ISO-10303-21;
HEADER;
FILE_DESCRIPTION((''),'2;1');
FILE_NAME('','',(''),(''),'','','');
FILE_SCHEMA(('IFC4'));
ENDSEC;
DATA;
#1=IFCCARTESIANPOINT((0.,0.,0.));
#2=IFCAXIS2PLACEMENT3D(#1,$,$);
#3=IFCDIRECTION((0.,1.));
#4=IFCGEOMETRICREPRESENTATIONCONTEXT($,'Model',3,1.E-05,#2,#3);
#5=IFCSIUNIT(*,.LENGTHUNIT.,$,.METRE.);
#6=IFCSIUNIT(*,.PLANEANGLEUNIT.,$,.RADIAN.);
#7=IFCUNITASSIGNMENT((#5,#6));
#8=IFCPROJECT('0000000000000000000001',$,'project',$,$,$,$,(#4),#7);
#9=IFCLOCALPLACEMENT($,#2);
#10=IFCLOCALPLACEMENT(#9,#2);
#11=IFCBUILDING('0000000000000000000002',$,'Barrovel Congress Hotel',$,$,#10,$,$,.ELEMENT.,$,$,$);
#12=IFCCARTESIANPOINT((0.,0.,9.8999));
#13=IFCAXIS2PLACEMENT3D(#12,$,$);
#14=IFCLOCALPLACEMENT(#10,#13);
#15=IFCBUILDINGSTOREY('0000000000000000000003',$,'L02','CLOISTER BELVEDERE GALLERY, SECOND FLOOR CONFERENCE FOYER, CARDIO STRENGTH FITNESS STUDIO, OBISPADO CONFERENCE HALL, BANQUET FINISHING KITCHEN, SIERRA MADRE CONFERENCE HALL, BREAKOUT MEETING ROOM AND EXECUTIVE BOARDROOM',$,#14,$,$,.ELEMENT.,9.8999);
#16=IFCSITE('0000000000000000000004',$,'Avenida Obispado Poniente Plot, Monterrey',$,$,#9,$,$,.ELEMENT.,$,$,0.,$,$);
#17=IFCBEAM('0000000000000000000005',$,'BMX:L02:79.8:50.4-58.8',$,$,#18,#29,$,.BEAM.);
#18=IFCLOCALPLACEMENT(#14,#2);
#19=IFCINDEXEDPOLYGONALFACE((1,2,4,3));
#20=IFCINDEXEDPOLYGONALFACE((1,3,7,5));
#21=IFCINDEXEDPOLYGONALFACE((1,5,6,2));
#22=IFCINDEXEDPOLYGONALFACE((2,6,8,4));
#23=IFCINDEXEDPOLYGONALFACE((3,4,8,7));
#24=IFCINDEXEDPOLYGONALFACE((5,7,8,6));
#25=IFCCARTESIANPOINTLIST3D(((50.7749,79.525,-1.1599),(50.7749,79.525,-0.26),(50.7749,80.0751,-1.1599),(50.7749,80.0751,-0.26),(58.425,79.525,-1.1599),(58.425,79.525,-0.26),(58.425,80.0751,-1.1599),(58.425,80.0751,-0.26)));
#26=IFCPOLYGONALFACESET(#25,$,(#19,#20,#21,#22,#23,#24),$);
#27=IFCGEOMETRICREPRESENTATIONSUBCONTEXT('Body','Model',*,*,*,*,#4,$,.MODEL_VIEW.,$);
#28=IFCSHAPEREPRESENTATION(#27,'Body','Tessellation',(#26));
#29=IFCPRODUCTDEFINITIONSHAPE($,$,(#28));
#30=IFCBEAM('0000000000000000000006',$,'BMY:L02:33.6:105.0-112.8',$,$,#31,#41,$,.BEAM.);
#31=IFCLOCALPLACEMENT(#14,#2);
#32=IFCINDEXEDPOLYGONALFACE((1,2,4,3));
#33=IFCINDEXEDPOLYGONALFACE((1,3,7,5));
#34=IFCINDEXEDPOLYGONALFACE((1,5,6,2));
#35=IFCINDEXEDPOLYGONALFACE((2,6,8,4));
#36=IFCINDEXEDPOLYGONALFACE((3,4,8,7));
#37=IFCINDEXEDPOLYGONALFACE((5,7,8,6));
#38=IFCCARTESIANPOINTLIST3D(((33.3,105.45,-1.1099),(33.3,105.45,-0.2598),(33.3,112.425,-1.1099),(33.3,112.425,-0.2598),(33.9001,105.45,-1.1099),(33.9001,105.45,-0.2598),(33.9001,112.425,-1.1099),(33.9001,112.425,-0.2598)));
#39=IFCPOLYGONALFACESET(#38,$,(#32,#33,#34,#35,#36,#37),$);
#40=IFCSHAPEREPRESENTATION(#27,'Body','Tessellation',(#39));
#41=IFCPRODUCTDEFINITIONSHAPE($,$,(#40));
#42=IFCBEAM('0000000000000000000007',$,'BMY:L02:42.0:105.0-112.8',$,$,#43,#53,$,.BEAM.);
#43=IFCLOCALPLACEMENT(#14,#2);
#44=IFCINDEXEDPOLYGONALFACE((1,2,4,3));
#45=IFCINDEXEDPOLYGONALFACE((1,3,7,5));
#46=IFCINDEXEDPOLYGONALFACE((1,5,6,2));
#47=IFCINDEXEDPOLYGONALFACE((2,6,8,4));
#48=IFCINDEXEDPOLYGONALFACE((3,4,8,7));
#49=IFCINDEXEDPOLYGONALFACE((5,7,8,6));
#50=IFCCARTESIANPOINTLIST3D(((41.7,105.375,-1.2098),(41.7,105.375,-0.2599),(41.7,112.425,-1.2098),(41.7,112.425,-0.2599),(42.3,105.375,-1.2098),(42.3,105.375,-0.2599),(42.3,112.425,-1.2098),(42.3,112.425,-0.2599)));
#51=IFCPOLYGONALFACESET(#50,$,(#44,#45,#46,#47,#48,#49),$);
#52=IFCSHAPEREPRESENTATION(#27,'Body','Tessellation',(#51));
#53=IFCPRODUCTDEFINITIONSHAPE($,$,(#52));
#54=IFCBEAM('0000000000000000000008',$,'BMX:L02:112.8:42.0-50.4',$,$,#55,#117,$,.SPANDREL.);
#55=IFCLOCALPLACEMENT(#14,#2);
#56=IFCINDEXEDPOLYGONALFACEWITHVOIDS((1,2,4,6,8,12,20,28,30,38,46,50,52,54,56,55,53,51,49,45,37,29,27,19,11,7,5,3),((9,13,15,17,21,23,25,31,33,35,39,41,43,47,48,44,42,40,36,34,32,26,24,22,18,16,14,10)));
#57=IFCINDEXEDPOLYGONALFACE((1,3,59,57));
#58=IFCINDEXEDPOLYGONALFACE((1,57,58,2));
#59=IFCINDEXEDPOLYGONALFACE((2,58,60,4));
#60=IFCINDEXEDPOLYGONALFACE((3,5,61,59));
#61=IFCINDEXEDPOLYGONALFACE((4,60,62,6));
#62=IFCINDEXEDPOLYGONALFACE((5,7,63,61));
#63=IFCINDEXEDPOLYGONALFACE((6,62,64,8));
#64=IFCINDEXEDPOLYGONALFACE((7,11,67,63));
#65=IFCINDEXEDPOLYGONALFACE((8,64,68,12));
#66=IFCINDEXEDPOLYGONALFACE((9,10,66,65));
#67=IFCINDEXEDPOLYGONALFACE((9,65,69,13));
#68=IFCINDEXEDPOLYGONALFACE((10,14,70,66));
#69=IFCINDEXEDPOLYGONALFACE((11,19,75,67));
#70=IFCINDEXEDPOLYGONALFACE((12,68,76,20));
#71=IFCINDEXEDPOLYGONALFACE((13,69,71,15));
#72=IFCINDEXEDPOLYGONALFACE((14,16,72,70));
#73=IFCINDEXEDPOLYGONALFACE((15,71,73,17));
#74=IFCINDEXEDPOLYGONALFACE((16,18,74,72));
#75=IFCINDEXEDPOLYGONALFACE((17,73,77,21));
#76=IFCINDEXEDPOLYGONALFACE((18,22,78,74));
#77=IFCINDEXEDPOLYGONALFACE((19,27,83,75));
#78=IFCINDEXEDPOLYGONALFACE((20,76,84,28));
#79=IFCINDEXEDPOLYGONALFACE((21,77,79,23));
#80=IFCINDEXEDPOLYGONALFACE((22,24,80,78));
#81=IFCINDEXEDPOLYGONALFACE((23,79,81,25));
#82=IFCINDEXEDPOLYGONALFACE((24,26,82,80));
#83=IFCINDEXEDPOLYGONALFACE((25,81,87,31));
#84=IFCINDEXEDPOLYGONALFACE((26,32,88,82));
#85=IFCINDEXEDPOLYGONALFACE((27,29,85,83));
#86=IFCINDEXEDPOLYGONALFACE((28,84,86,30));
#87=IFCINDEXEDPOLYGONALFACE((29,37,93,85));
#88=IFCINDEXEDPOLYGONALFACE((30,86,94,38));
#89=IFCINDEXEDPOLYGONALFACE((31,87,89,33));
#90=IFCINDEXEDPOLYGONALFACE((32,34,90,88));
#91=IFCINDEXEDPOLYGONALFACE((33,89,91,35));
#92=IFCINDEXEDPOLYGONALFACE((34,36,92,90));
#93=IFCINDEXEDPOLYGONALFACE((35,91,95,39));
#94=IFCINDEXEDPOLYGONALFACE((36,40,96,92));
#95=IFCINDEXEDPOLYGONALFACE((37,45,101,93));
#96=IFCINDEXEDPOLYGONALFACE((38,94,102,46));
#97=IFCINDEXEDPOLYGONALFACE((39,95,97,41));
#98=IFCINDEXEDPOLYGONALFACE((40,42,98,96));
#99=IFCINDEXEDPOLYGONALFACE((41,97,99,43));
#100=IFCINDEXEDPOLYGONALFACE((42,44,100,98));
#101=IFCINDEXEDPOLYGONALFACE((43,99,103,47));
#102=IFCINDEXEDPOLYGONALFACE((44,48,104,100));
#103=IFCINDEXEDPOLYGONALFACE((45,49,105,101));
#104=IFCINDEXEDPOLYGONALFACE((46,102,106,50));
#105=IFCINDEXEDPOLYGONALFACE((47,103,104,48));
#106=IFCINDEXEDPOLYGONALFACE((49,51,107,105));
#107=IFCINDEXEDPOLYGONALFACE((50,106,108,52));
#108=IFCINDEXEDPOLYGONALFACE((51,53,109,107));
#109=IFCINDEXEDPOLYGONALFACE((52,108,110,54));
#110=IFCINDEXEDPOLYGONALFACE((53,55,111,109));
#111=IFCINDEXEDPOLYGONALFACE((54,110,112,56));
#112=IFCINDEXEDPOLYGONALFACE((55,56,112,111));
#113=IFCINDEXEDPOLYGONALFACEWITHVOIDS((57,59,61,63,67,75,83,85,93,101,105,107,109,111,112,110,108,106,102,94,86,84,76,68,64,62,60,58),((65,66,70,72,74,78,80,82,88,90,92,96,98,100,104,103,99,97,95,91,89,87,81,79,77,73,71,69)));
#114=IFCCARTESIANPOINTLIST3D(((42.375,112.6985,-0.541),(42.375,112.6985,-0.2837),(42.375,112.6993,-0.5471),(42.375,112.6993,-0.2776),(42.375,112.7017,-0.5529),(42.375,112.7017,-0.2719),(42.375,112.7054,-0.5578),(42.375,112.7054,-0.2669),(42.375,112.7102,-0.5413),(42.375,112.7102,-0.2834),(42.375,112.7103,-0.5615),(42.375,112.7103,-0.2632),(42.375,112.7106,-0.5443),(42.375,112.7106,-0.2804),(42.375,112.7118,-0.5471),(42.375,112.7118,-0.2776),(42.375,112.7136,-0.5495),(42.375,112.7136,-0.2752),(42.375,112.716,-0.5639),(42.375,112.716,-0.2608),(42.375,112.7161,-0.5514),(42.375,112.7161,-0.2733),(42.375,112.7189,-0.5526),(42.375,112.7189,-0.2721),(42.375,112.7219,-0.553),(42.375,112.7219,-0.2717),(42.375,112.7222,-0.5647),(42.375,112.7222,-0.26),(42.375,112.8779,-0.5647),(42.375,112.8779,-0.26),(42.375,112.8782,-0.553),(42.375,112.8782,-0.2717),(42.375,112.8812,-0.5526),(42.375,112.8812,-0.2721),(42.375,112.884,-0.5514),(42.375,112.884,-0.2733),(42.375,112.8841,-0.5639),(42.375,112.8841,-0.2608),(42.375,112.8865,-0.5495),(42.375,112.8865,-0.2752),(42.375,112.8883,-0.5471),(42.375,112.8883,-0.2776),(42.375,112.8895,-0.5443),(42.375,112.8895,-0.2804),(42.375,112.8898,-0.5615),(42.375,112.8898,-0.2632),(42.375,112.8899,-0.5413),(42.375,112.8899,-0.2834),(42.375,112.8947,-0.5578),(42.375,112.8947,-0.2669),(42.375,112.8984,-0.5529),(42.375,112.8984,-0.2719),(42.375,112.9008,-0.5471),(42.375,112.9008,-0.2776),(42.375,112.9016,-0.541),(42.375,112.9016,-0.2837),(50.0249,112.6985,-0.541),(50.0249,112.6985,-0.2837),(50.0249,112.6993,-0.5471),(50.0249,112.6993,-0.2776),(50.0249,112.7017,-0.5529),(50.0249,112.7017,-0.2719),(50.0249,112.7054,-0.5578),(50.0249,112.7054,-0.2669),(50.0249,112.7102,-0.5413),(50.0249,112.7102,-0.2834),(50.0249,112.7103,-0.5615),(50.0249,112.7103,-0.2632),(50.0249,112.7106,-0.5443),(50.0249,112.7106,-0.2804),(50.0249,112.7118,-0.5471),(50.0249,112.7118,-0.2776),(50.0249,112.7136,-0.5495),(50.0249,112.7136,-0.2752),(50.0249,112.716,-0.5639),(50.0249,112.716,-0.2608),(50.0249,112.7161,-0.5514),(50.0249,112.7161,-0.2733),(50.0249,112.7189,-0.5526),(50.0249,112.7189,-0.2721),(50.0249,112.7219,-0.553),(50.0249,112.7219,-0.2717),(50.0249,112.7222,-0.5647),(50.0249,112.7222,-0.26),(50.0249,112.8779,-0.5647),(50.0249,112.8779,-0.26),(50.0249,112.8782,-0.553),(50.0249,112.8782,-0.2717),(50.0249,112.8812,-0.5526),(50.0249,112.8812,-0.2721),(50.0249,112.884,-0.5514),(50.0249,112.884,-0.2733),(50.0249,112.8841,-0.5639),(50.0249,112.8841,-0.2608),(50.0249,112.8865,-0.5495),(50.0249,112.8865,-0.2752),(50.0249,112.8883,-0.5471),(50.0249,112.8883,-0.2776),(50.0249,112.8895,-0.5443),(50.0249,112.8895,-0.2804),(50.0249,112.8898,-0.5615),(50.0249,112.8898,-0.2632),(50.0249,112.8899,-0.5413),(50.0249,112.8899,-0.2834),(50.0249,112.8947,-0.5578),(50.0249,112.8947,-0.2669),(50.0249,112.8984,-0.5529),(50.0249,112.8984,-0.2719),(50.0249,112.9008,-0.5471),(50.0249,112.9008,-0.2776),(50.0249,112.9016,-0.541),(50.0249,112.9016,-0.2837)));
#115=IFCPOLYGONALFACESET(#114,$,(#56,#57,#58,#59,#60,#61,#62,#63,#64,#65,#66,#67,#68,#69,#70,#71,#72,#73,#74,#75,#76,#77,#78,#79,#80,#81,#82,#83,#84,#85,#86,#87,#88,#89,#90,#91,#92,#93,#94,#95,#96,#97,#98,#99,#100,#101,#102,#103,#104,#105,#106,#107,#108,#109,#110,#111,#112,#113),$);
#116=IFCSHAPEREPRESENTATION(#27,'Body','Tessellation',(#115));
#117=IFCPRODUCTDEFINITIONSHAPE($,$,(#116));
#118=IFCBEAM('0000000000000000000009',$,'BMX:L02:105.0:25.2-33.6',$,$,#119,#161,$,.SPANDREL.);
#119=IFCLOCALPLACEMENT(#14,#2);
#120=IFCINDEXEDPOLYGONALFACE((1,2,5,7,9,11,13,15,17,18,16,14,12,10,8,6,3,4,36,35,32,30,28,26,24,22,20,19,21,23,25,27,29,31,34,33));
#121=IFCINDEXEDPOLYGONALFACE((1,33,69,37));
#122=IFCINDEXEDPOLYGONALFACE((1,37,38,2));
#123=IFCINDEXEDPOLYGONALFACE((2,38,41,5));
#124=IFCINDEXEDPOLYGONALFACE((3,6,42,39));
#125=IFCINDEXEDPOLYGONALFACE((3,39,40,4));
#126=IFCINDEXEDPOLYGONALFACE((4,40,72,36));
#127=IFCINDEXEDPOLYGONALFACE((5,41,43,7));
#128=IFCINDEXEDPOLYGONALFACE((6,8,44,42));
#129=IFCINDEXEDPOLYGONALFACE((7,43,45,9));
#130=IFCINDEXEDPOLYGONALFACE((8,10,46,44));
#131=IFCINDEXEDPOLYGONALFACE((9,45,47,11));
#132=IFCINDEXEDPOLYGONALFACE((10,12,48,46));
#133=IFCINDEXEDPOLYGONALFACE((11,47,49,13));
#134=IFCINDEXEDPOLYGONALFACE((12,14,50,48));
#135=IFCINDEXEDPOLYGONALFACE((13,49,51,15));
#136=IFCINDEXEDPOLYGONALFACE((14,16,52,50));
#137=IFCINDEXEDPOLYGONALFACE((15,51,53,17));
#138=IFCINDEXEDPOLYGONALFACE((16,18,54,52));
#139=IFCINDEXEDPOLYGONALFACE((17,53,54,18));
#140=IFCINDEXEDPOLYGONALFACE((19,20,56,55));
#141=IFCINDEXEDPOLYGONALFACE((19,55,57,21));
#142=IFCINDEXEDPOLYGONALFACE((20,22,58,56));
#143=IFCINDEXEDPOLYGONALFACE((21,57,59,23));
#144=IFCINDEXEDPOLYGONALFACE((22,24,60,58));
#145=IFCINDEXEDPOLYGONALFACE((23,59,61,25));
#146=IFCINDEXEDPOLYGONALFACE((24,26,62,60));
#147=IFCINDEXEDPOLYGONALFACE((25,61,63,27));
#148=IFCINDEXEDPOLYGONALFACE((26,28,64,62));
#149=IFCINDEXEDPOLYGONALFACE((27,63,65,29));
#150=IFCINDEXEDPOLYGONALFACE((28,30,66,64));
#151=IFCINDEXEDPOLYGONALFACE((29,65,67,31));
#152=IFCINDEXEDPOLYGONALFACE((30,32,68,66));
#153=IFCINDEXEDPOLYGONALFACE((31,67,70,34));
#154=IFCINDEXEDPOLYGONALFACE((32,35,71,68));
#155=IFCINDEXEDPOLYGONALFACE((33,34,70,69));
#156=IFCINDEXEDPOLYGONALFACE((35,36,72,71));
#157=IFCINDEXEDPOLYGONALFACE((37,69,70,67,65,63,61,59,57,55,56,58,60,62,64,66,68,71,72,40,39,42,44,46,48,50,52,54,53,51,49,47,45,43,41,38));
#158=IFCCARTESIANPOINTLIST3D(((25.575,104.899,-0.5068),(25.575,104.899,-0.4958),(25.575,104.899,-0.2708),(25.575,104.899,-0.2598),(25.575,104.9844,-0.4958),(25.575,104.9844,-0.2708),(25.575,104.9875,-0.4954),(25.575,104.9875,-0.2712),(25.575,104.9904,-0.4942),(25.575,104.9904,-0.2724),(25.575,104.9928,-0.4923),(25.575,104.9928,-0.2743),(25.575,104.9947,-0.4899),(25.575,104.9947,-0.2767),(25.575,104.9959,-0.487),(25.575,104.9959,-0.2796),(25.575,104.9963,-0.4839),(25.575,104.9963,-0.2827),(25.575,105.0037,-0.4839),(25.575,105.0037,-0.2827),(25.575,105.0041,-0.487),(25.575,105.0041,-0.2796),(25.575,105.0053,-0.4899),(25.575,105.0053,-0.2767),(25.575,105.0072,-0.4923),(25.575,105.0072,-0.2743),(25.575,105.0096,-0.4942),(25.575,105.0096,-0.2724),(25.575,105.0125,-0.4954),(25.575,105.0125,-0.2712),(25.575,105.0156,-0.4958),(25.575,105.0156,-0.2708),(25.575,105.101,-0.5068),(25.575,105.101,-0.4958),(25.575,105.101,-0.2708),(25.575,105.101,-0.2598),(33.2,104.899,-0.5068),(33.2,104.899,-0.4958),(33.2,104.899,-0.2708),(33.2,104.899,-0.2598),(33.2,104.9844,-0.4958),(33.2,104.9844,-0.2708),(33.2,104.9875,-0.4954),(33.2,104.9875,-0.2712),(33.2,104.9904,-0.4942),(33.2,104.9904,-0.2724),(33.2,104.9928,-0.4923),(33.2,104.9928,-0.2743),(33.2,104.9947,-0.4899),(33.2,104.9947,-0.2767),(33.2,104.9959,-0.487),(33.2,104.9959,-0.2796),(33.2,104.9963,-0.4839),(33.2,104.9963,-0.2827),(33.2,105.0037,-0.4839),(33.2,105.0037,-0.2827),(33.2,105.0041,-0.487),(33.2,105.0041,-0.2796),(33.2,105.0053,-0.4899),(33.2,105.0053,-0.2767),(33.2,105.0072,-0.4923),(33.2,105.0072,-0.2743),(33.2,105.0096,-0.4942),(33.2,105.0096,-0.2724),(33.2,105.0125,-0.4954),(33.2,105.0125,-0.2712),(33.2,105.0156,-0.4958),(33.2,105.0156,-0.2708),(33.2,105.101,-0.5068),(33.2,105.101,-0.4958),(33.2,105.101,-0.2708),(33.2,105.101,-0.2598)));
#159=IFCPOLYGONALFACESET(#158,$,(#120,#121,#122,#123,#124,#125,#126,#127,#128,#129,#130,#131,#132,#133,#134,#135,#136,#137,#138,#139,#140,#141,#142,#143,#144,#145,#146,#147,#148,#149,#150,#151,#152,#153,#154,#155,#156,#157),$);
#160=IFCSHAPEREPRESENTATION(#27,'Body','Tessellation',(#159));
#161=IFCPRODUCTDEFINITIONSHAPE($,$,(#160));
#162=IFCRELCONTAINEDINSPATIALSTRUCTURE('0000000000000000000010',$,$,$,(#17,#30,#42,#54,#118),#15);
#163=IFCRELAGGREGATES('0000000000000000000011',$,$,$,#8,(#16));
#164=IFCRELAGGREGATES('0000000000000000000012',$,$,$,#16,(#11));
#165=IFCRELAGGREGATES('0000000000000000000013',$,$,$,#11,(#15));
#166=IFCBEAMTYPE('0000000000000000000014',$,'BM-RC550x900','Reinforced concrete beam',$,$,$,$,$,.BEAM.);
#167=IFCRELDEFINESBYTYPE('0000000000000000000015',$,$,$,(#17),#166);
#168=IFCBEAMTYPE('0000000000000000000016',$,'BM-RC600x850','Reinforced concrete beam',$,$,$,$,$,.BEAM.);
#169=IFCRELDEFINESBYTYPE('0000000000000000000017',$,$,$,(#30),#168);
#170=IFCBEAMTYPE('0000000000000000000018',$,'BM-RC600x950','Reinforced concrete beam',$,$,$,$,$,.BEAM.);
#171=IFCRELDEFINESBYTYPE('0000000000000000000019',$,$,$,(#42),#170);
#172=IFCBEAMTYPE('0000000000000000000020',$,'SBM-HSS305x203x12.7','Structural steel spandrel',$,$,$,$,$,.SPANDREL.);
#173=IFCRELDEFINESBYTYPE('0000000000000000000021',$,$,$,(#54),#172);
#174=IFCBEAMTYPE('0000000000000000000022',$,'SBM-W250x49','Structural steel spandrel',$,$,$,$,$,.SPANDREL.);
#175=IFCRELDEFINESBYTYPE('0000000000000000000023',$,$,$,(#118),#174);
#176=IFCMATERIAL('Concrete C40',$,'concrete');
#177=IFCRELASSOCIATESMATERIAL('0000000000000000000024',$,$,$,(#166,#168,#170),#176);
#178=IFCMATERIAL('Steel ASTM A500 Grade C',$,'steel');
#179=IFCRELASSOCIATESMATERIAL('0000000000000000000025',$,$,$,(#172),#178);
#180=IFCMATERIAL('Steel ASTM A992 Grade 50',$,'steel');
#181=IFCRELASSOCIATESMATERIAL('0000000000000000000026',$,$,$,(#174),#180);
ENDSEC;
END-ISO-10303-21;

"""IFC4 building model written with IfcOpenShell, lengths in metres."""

from ifc_helpers import new_model, si_unit, direction, frame, origin, origin_2d, place, context, subcontext, project, spatial, rectangle, hollow_rectangle, i_section, extrude, material, material_profile, profile_set, type_object, element, save


model = new_model("IFC4")

# Units and contexts
model_context = context("Model", 3, precision=1e-05, world=origin(), true_north=direction((0.0, 1.0)))
body_context = subcontext(model_context, "Body", "Model", "MODEL_VIEW")
ifc_project = project(units=[si_unit("LENGTHUNIT", "METRE"), si_unit("PLANEANGLEUNIT", "RADIAN")], contexts=[model_context])

# Site, building, storey
site_placement = place(None, origin())
site = spatial("IfcSite", under=ifc_project, at=site_placement, Name="Avenida Obispado Poniente Plot, Monterrey", CompositionType="ELEMENT", RefElevation=0.0)
building_placement = place(site_placement, origin())
building = spatial("IfcBuilding", under=site, at=building_placement, Name="Barrovel Congress Hotel", CompositionType="ELEMENT")
storey_placement = place(building_placement, frame((0.0, 0.0, 9.8999)))
storey = spatial("IfcBuildingStorey", under=building, at=storey_placement, Name="L02", Description="CLOISTER BELVEDERE GALLERY, SECOND FLOOR CONFERENCE FOYER, CARDIO STRENGTH FITNESS STUDIO, OBISPADO CONFERENCE HALL, BANQUET FINISHING KITCHEN, SIERRA MADRE CONFERENCE HALL, BREAKOUT MEETING ROOM AND EXECUTIVE BOARDROOM", CompositionType="ELEMENT", Elevation=9.8999)

# Shared definitions
ifc_material_1 = material(Name="Concrete C40", Category="concrete")

# Beams
ifc_material_profile_1 = material_profile(ifc_material_1, rectangle(XDim=0.55, YDim=0.8999, at=origin_2d()), Name="RC550x900")
ifc_profile_set_1 = profile_set([ifc_material_profile_1], Name="Concrete C40")
beam_type_1 = type_object("IfcBeamType", Name="BM-RC550x900", Description="Reinforced concrete beam", PredefinedType="BEAM", material=ifc_profile_set_1)
beam_1_placement = place(storey_placement, frame((50.7749, 79.8, -0.71), z_axis=(1.0, 0.0, 0.0), x_axis=(0.0, 1.0, 0.0)))
element("IfcBeam", 1, at=beam_1_placement, inside=storey, type_object=beam_type_1, Name="BMX:L02:79.8:50.4-58.8", PredefinedType="BEAM", context=body_context, shape_type="SweptSolid", body=[
    extrude(rectangle(XDim=0.55, YDim=0.8999, at=origin_2d()), origin(), (0.0, 0.0, 1.0), 7.6501),
])
ifc_material_profile_2 = material_profile(ifc_material_1, rectangle(XDim=0.6001, YDim=0.8501, at=origin_2d()), Name="RC600x850")
ifc_profile_set_2 = profile_set([ifc_material_profile_2], Name="Concrete C40")
beam_type_2 = type_object("IfcBeamType", Name="BM-RC600x850", Description="Reinforced concrete beam", PredefinedType="BEAM", material=ifc_profile_set_2)
beam_2_placement = place(storey_placement, frame((33.6001, 105.45, -0.6848), z_axis=(0.0, 1.0, 0.0), x_axis=(-1.0, 0.0, 0.0)))
element("IfcBeam", 2, at=beam_2_placement, inside=storey, type_object=beam_type_2, Name="BMY:L02:33.6:105.0-112.8", PredefinedType="BEAM", context=body_context, shape_type="SweptSolid", body=[
    extrude(rectangle(XDim=0.6001, YDim=0.8501, at=origin_2d()), origin(), (0.0, 0.0, 1.0), 6.9751),
])
ifc_material_profile_3 = material_profile(ifc_material_1, rectangle(XDim=0.6001, YDim=0.95, at=origin_2d()), Name="RC600x950")
ifc_profile_set_3 = profile_set([ifc_material_profile_3], Name="Concrete C40")
beam_type_3 = type_object("IfcBeamType", Name="BM-RC600x950", Description="Reinforced concrete beam", PredefinedType="BEAM", material=ifc_profile_set_3)
beam_3_placement = place(storey_placement, frame((42.0, 105.375, -0.7349), z_axis=(0.0, 1.0, 0.0), x_axis=(-1.0, 0.0, 0.0)))
element("IfcBeam", 3, at=beam_3_placement, inside=storey, type_object=beam_type_3, Name="BMY:L02:42.0:105.0-112.8", PredefinedType="BEAM", context=body_context, shape_type="SweptSolid", body=[
    extrude(rectangle(XDim=0.6001, YDim=0.95, at=origin_2d()), origin(), (0.0, 0.0, 1.0), 7.05),
])
ifc_material_2 = material(Name="Steel ASTM A500 Grade C", Category="steel")
ifc_material_profile_4 = material_profile(ifc_material_2, hollow_rectangle(XDim=0.2031, YDim=0.3047, WallThickness=0.0117, InnerFilletRadius=0.0117, OuterFilletRadius=0.0237, at=origin_2d()), Name="HSS305x203x12.7")
ifc_profile_set_4 = profile_set([ifc_material_profile_4], Name="Steel ASTM A500 Grade C")
beam_type_4 = type_object("IfcBeamType", Name="SBM-HSS305x203x12.7", Description="Structural steel spandrel", PredefinedType="SPANDREL", material=ifc_profile_set_4)
beam_4_placement = place(storey_placement, frame((42.375, 112.8, -0.4124), z_axis=(1.0, 0.0, 0.0), x_axis=(0.0, 1.0, 0.0)))
element("IfcBeam", 4, at=beam_4_placement, inside=storey, type_object=beam_type_4, Name="BMX:L02:112.8:42.0-50.4", PredefinedType="SPANDREL", context=body_context, shape_type="SweptSolid", body=[
    extrude(hollow_rectangle(XDim=0.2031, YDim=0.3047, WallThickness=0.0117, InnerFilletRadius=0.0117, OuterFilletRadius=0.0237, at=origin_2d()), origin(), (0.0, 0.0, 1.0), 7.6499),
])
ifc_material_3 = material(Name="Steel ASTM A992 Grade 50", Category="steel")
ifc_material_profile_5 = material_profile(ifc_material_3, i_section(OverallWidth=0.2019, OverallDepth=0.2471, WebThickness=0.0073, FlangeThickness=0.011, FilletRadius=0.012, at=origin_2d()), Name="W250x49")
ifc_profile_set_5 = profile_set([ifc_material_profile_5], Name="Steel ASTM A992 Grade 50")
beam_type_5 = type_object("IfcBeamType", Name="SBM-W250x49", Description="Structural steel spandrel", PredefinedType="SPANDREL", material=ifc_profile_set_5)
beam_5_placement = place(storey_placement, frame((25.575, 105.0, -0.3833), z_axis=(1.0, 0.0, 0.0), x_axis=(0.0, 1.0, 0.0)))
element("IfcBeam", 5, at=beam_5_placement, inside=storey, type_object=beam_type_5, Name="BMX:L02:105.0:25.2-33.6", PredefinedType="SPANDREL", context=body_context, shape_type="SweptSolid", body=[
    extrude(i_section(OverallWidth=0.2019, OverallDepth=0.2471, WebThickness=0.0073, FlangeThickness=0.011, FilletRadius=0.012, at=origin_2d()), origin(), (0.0, 0.0, 1.0), 7.625),
])

save(model, "model.ifc")
